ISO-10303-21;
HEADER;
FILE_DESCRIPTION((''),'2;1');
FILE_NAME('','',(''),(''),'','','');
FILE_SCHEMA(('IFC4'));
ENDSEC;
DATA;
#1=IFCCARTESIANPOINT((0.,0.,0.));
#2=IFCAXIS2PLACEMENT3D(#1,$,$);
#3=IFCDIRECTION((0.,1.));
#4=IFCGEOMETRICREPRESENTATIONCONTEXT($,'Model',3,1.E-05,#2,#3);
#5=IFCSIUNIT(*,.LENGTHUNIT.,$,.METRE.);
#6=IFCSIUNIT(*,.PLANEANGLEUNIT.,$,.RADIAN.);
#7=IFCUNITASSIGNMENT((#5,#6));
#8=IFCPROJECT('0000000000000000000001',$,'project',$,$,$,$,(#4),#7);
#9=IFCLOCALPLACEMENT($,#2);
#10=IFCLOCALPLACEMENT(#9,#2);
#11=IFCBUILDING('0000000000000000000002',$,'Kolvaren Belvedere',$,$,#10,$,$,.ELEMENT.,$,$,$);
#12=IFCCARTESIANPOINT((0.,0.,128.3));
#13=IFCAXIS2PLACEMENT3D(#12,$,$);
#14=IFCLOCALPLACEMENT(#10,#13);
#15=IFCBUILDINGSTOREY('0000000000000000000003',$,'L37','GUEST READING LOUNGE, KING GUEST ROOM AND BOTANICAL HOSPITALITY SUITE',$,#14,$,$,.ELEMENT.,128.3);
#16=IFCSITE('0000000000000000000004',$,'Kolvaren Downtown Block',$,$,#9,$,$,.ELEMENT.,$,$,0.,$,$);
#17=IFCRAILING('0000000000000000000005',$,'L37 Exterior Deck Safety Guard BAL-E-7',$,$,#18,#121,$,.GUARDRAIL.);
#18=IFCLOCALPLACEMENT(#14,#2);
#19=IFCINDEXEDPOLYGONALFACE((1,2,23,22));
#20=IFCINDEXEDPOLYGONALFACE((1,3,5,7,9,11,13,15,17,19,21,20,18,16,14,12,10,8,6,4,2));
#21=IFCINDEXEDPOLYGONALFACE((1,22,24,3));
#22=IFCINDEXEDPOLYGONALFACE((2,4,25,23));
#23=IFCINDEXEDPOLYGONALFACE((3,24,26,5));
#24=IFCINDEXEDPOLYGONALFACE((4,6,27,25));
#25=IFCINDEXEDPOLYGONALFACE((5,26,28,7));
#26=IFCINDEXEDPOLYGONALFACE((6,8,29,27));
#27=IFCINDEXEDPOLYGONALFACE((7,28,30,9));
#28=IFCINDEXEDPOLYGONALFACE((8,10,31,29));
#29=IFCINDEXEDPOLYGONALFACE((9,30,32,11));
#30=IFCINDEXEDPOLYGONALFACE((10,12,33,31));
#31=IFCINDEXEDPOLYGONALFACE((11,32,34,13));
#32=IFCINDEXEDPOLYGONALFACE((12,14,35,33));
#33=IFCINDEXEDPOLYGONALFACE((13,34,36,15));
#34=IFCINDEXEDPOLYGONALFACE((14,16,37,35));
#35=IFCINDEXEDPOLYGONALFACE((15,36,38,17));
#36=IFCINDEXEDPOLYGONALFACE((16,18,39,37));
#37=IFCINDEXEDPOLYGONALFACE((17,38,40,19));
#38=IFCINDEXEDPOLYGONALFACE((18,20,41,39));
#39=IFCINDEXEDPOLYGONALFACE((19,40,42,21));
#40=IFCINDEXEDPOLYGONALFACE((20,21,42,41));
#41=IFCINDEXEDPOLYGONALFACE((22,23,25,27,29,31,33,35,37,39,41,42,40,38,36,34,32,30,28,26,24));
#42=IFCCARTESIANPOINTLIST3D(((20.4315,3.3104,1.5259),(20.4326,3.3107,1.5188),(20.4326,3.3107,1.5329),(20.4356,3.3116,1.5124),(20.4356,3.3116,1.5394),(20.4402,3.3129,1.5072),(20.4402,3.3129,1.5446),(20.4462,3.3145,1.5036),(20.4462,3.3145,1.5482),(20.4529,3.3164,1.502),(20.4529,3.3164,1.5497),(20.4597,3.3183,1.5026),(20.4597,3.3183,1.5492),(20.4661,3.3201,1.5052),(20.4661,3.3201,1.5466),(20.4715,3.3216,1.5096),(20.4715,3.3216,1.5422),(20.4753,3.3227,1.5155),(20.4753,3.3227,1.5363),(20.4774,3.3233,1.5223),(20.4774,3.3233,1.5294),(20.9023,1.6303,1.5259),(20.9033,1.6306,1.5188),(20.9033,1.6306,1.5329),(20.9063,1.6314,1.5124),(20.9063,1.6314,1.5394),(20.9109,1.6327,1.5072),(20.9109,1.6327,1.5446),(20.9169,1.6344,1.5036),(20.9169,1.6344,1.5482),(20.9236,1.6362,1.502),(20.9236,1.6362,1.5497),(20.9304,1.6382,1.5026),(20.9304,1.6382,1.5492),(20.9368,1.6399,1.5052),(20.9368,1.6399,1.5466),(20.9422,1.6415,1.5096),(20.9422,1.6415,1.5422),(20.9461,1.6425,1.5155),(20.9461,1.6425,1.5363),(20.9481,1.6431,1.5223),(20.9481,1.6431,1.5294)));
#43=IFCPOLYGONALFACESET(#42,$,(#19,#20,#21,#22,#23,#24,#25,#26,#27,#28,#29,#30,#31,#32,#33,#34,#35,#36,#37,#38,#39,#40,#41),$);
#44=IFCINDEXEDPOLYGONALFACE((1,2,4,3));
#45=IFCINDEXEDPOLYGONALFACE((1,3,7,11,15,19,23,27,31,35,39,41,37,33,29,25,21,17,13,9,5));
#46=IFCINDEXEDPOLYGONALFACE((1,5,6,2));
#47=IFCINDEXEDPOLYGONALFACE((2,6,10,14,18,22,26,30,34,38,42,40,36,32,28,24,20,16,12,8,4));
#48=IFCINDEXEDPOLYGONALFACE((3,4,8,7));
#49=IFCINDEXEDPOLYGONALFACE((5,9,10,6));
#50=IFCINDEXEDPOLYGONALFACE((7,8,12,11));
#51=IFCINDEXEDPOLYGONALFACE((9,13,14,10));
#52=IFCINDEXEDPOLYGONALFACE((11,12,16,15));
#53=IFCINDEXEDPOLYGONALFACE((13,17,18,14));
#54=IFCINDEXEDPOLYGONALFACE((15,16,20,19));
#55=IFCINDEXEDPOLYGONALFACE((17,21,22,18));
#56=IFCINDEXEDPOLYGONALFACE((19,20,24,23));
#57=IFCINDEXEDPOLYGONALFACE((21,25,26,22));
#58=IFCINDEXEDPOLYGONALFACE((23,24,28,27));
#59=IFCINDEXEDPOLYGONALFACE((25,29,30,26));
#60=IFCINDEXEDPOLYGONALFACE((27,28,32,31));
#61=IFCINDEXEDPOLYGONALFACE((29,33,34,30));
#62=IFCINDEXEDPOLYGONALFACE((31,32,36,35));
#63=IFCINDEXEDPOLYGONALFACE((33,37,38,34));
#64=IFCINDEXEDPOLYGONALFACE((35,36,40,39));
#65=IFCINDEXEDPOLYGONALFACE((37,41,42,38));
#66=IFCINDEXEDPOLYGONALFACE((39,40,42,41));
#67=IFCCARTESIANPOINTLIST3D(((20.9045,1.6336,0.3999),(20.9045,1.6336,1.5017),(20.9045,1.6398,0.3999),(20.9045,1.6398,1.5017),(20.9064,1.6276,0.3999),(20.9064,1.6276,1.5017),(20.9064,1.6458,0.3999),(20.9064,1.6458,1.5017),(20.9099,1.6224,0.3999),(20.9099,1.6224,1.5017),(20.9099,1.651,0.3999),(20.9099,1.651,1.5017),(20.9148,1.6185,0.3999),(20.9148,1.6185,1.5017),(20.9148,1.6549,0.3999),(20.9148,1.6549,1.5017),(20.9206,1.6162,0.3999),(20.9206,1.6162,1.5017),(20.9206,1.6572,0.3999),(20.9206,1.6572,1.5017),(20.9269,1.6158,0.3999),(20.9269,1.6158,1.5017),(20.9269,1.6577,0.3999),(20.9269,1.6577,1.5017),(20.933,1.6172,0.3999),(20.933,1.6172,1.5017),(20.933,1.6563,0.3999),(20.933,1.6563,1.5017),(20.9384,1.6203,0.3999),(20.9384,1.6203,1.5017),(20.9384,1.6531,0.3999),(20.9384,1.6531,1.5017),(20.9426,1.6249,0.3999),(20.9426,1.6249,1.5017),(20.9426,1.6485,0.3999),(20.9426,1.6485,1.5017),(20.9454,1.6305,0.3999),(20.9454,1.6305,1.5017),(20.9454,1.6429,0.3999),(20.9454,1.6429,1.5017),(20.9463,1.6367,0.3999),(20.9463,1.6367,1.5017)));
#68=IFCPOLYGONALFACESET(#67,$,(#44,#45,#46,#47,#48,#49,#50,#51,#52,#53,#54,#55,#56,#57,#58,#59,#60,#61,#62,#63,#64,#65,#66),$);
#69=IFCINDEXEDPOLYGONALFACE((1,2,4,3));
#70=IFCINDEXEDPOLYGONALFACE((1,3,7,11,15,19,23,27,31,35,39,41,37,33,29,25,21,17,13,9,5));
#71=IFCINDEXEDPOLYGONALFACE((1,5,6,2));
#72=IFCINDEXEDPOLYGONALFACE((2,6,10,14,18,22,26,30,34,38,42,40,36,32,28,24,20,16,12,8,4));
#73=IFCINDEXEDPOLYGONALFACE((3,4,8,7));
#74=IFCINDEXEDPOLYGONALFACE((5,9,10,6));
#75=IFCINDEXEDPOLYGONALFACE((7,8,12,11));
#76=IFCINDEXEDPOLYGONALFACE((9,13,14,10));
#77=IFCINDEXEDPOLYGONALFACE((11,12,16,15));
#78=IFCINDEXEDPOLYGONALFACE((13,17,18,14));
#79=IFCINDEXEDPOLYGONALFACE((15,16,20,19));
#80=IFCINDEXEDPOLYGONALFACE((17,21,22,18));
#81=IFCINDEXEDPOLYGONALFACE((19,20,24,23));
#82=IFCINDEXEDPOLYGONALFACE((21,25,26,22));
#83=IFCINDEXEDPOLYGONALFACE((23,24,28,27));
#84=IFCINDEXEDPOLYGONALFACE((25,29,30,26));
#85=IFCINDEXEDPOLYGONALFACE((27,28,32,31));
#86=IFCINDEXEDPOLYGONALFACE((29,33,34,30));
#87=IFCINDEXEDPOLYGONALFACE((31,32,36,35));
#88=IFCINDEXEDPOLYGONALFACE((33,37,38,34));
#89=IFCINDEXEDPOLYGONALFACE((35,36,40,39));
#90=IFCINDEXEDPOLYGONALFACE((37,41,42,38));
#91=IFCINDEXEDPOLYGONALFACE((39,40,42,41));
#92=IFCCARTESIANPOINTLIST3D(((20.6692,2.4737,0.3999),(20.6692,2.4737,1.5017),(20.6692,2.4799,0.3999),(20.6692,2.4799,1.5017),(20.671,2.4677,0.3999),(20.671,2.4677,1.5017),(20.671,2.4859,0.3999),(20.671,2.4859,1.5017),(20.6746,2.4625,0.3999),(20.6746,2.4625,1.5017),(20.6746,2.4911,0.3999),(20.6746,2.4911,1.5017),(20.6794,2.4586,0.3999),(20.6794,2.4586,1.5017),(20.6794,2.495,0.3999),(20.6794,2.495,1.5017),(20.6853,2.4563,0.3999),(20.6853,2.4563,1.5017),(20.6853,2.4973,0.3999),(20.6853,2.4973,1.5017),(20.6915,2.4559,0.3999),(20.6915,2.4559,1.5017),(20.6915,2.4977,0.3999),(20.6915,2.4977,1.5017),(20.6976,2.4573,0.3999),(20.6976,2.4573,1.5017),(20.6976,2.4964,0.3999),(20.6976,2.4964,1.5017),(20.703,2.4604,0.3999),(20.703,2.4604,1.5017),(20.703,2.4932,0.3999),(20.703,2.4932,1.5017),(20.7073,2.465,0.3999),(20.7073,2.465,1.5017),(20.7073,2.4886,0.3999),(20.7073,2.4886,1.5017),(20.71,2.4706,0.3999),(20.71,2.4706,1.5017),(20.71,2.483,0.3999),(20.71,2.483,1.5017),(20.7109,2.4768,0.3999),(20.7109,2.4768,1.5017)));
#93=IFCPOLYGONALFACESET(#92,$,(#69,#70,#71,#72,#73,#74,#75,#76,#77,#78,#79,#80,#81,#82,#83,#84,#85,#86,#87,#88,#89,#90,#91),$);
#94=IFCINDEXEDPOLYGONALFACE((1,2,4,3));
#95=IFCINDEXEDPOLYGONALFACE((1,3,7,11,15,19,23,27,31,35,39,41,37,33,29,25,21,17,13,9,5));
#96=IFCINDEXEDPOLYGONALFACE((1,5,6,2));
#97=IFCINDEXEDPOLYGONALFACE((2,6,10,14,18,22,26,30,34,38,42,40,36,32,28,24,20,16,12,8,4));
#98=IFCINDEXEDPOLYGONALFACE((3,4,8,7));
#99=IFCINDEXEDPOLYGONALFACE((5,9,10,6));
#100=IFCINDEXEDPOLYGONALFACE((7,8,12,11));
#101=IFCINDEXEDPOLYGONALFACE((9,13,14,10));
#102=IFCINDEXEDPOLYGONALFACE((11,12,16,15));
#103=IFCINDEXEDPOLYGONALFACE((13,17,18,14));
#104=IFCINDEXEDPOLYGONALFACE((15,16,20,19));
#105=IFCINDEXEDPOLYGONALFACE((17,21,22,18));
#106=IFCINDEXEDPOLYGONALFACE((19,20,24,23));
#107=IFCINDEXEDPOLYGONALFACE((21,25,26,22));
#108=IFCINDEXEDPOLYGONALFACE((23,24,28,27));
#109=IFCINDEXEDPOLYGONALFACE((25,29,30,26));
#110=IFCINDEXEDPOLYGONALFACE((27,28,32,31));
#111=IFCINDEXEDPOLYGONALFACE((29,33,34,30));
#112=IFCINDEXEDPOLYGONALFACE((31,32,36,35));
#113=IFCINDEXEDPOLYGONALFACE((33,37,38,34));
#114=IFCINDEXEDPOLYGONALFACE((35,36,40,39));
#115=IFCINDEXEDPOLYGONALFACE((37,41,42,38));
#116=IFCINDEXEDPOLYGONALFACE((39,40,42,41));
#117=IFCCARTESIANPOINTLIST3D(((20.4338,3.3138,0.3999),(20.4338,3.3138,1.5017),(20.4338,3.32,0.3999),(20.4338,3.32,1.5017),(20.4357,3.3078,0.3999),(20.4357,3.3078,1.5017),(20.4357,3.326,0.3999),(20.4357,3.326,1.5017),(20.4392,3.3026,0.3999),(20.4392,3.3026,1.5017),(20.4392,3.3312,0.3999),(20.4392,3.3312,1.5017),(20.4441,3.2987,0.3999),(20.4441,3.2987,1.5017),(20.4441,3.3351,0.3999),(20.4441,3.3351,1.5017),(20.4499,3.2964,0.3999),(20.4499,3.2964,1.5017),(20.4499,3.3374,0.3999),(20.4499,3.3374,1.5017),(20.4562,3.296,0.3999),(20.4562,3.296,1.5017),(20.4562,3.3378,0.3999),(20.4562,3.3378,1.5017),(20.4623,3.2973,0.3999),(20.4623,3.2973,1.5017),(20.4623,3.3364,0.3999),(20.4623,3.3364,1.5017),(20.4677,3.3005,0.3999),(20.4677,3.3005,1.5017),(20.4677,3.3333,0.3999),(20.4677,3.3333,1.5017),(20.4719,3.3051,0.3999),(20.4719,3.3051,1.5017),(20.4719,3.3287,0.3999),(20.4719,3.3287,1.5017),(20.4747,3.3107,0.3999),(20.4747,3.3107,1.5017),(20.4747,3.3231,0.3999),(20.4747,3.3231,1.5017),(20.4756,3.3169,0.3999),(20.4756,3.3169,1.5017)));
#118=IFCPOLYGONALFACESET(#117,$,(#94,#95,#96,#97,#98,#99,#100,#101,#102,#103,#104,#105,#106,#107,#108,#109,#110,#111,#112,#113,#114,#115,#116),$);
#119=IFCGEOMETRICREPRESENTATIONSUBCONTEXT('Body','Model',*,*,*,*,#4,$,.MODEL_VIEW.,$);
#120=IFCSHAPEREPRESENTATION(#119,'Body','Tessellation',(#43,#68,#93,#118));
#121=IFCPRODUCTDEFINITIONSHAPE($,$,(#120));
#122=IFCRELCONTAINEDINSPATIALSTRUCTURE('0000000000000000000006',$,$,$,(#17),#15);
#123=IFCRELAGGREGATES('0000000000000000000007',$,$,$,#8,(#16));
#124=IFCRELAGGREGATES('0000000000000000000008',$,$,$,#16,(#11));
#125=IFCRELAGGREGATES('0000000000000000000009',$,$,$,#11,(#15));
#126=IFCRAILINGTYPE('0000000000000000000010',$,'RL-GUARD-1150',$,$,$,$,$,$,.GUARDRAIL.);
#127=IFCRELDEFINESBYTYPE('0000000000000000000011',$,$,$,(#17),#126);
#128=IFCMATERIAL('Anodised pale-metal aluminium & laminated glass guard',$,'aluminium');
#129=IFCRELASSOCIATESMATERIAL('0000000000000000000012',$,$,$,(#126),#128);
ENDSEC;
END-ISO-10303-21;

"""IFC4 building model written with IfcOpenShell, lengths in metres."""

from ifc_helpers import new_model, si_unit, direction, frame, origin, origin_2d, place, context, subcontext, project, spatial, circle, extrude, material, type_object, element, save


model = new_model("IFC4")

# Units and contexts
model_context = context("Model", 3, precision=1e-05, world=origin(), true_north=direction((0.0, 1.0)))
body_context = subcontext(model_context, "Body", "Model", "MODEL_VIEW")
ifc_project = project(units=[si_unit("LENGTHUNIT", "METRE"), si_unit("PLANEANGLEUNIT", "RADIAN")], contexts=[model_context])

# Site, building, storey
site_placement = place(None, origin())
site = spatial("IfcSite", under=ifc_project, at=site_placement, Name="Kolvaren Downtown Block", CompositionType="ELEMENT", RefElevation=0.0)
building_placement = place(site_placement, origin())
building = spatial("IfcBuilding", under=site, at=building_placement, Name="Kolvaren Belvedere", CompositionType="ELEMENT")
storey_placement = place(building_placement, frame((0.0, 0.0, 128.3)))
storey = spatial("IfcBuildingStorey", under=building, at=storey_placement, Name="L37", Description="GUEST READING LOUNGE, KING GUEST ROOM AND BOTANICAL HOSPITALITY SUITE", CompositionType="ELEMENT", Elevation=128.3)

# Railing
ifc_material_1 = material(Name="Anodised pale-metal aluminium & laminated glass guard", Category="aluminium")
railing_type = type_object("IfcRailingType", Name="RL-GUARD-1150", PredefinedType="GUARDRAIL", material=ifc_material_1)
railing_1_placement = place(storey_placement, frame((20.9253, 1.6367, 0.3999)))
element("IfcRailing", 1, at=railing_1_placement, inside=storey, type_object=railing_type, Name="L37 Exterior Deck Safety Guard BAL-E-7", PredefinedType="GUARDRAIL", context=body_context, shape_type="SweptSolid", body=[
    extrude(circle(Radius=0.0239, at=origin_2d()), frame((0.0, 0.0, 1.126), z_axis=(-0.269765, 0.962926, 0.0), x_axis=(-0.962926, -0.269765, 0.0)), (0.0, 0.0, 1.0), 1.7449),
    extrude(circle(Radius=0.021, at=origin_2d()), origin(), (0.0, 0.0, 1.0), 1.1018),
    extrude(circle(Radius=0.021, at=origin_2d()), frame((-0.2354, 0.8401, 0.0)), (0.0, 0.0, 1.0), 1.1018),
    extrude(circle(Radius=0.021, at=origin_2d()), frame((-0.4707, 1.6802, 0.0)), (0.0, 0.0, 1.0), 1.1018),
])

save(model, "model.ifc")
